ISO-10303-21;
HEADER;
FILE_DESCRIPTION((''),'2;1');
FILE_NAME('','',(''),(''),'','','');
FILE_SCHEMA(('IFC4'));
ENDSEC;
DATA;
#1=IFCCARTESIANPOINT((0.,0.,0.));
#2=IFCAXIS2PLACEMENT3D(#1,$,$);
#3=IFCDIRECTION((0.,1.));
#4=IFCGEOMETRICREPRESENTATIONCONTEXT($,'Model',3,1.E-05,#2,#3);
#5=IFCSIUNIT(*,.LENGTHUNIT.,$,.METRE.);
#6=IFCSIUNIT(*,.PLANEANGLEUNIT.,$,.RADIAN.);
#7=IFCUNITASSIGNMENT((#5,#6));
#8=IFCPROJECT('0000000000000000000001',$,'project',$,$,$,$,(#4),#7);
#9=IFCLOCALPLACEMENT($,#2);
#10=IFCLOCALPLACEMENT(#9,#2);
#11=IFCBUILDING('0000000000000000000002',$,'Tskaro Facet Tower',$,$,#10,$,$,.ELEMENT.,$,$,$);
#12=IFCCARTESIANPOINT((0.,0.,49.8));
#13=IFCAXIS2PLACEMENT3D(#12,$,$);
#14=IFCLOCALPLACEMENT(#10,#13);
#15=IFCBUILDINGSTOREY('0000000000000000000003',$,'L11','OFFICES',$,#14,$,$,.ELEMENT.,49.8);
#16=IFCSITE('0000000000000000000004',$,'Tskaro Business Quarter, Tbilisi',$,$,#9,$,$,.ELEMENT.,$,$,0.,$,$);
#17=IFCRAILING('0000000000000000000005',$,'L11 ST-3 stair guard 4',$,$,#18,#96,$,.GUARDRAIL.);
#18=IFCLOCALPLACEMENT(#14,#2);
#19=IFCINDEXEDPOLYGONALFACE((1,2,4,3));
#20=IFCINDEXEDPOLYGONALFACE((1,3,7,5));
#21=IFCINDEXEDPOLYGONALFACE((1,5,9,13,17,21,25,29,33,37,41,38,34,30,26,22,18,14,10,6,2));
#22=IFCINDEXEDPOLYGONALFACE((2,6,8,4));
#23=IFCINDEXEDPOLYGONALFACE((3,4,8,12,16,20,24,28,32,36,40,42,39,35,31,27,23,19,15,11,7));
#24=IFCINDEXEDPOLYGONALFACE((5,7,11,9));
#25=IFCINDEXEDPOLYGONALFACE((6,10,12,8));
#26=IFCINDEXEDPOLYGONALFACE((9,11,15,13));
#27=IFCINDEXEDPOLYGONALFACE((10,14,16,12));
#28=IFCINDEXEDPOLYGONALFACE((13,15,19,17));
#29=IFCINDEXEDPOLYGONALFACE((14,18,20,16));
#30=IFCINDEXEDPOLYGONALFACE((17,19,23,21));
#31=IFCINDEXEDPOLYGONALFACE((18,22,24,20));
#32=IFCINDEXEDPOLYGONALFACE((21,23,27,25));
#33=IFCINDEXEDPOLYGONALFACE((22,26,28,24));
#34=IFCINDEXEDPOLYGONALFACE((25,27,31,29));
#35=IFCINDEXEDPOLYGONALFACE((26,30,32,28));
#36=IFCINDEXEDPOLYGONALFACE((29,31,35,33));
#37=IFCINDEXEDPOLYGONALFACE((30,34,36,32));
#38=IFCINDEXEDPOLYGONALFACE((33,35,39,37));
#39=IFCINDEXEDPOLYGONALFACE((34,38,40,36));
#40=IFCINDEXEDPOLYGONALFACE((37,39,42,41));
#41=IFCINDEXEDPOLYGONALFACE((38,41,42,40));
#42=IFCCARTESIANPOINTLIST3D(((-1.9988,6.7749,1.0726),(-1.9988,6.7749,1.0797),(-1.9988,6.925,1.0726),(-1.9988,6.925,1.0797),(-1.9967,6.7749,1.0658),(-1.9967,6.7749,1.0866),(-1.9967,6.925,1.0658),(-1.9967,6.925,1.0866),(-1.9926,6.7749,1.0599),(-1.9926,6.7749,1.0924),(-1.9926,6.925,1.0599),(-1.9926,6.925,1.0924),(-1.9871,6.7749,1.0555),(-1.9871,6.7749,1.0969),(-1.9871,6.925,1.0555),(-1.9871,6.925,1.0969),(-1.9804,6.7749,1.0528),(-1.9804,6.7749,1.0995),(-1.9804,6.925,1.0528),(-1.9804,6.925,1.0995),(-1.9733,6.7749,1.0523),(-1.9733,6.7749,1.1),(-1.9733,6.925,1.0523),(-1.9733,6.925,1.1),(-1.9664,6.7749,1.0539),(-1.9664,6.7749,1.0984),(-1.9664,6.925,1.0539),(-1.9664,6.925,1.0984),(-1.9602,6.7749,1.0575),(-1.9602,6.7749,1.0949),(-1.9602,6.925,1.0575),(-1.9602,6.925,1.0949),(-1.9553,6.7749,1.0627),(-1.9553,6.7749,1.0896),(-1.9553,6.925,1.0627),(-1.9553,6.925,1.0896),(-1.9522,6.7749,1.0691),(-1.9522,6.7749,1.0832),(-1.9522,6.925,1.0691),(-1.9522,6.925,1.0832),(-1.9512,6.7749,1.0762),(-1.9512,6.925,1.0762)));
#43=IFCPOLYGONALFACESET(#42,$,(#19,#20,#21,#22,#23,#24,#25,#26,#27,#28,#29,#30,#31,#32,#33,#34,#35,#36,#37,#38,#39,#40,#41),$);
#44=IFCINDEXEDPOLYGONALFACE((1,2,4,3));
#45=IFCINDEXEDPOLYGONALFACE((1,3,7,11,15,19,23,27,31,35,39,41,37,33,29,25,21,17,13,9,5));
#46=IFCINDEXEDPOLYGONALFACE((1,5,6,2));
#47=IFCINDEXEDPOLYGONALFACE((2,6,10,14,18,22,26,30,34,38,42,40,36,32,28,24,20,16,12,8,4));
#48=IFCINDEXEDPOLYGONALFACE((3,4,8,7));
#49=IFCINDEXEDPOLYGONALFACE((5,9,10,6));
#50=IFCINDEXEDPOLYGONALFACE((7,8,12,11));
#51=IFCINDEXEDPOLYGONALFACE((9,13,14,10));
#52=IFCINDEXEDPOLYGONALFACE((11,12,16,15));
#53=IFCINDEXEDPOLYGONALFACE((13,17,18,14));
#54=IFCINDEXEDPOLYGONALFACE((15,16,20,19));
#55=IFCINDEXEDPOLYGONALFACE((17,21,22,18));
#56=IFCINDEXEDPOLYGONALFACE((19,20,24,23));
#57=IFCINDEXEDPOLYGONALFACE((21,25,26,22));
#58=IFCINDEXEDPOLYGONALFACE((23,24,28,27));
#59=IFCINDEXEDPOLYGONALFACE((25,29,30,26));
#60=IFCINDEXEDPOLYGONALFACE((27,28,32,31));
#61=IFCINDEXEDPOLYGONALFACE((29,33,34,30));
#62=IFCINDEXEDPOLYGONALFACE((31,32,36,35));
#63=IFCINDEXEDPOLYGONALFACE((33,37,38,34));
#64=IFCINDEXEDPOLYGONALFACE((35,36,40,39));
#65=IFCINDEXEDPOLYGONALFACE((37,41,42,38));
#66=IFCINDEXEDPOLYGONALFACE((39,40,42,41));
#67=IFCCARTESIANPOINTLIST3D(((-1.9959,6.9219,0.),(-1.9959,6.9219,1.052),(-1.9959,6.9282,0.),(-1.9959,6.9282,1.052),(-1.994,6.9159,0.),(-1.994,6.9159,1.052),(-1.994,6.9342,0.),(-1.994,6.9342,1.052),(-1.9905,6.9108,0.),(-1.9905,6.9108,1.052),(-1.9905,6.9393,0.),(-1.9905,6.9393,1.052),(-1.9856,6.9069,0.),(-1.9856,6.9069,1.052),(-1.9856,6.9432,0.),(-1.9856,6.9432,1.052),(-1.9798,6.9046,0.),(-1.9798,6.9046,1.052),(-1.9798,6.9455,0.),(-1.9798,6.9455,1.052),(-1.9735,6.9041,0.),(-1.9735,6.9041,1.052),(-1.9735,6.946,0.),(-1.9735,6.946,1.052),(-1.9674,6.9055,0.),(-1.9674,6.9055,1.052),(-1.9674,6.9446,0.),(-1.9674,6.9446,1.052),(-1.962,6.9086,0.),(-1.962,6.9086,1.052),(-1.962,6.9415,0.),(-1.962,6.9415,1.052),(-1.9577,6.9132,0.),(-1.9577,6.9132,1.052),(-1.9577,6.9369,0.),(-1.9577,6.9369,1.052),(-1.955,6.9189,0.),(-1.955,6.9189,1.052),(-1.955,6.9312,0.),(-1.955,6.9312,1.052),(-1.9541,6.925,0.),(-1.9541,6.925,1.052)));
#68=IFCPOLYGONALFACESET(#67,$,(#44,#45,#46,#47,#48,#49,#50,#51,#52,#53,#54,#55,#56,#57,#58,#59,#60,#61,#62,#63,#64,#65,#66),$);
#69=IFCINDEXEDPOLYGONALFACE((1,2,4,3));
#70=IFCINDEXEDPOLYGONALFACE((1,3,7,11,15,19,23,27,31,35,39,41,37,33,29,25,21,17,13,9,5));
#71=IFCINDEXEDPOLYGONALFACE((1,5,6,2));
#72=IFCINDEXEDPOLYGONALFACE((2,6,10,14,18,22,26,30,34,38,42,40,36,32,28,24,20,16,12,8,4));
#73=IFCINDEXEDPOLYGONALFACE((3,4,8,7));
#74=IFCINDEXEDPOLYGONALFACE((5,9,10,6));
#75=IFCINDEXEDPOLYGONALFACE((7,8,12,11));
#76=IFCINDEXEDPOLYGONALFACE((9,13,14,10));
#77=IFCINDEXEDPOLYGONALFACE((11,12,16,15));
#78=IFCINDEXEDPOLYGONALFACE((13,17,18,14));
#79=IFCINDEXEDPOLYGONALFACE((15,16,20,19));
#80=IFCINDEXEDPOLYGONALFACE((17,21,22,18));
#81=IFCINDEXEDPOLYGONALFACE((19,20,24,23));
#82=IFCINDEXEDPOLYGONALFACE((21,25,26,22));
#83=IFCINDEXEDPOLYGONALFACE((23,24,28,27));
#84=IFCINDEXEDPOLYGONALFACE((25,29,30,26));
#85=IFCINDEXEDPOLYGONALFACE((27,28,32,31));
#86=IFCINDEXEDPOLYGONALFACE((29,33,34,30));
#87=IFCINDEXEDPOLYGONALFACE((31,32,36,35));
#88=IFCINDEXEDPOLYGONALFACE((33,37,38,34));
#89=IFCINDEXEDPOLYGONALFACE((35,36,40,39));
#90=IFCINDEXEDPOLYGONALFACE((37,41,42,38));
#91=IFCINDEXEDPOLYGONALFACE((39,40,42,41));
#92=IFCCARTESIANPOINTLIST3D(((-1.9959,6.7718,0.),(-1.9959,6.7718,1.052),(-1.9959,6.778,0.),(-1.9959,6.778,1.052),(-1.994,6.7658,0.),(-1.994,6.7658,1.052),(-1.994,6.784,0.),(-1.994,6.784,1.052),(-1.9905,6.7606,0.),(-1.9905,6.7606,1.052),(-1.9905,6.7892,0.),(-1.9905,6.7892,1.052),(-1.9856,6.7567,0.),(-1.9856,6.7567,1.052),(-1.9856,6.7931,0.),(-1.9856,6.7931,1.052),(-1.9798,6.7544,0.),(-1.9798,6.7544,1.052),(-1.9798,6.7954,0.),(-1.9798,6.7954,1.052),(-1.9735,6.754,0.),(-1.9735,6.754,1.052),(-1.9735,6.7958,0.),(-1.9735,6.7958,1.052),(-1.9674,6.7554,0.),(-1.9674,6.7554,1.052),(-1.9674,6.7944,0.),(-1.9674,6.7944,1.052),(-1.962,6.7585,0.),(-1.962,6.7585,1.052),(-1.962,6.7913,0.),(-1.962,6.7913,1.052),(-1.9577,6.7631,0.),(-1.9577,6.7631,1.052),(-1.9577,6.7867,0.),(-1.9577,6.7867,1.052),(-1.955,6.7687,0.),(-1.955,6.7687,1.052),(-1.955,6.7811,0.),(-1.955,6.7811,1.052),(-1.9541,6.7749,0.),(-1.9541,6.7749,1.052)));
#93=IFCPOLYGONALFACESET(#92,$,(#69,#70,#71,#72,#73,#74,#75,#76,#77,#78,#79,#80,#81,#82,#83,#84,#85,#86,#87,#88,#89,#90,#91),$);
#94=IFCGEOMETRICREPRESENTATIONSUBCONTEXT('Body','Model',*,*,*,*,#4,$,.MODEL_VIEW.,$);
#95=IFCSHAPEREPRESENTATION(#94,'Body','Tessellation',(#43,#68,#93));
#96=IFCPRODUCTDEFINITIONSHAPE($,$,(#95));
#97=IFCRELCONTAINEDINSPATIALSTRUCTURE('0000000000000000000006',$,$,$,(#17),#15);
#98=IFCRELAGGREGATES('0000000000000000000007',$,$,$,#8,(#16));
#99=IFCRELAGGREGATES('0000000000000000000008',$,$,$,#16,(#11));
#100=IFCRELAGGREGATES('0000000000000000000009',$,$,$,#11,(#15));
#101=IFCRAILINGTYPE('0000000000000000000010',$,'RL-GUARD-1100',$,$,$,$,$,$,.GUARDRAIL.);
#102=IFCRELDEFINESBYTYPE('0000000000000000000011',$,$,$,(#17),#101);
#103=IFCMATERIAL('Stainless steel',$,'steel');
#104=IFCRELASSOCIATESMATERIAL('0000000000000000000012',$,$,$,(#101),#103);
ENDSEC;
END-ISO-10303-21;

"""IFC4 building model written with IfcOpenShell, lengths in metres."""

from ifc_helpers import new_model, si_unit, direction, frame, origin, origin_2d, place, context, subcontext, project, spatial, circle, extrude, material, type_object, element, save


model = new_model("IFC4")

# Units and contexts
model_context = context("Model", 3, precision=1e-05, world=origin(), true_north=direction((0.0, 1.0)))
body_context = subcontext(model_context, "Body", "Model", "MODEL_VIEW")
ifc_project = project(units=[si_unit("LENGTHUNIT", "METRE"), si_unit("PLANEANGLEUNIT", "RADIAN")], contexts=[model_context])

# Site, building, storey
site_placement = place(None, origin())
site = spatial("IfcSite", under=ifc_project, at=site_placement, Name="Tskaro Business Quarter, Tbilisi", CompositionType="ELEMENT", RefElevation=0.0)
building_placement = place(site_placement, origin())
building = spatial("IfcBuilding", under=site, at=building_placement, Name="Tskaro Facet Tower", CompositionType="ELEMENT")
storey_placement = place(building_placement, frame((0.0, 0.0, 49.8)))
storey = spatial("IfcBuildingStorey", under=building, at=storey_placement, Name="L11", Description="OFFICES", CompositionType="ELEMENT", Elevation=49.8)

# Railing
ifc_material_1 = material(Name="Stainless steel", Category="steel")
railing_type_1 = type_object("IfcRailingType", Name="RL-GUARD-1100", PredefinedType="GUARDRAIL", material=ifc_material_1)
railing_1_placement = place(storey_placement, frame((-1.9751, 6.925, 0.0)))
element("IfcRailing", 1, at=railing_1_placement, inside=storey, type_object=railing_type_1, Name="L11 ST-3 stair guard 4", PredefinedType="GUARDRAIL", context=body_context, shape_type="SweptSolid", body=[
    extrude(circle(Radius=0.0239, at=origin_2d()), frame((0.0, 0.0, 1.0762), z_axis=(0.0, -1.0, 0.0), x_axis=(1.0, 0.0, 0.0)), (0.0, 0.0, 1.0), 0.1501),
    extrude(circle(Radius=0.021, at=origin_2d()), origin(), (0.0, 0.0, 1.0), 1.052),
    extrude(circle(Radius=0.021, at=origin_2d()), frame((0.0, -0.1501, 0.0)), (0.0, 0.0, 1.0), 1.052),
])

save(model, "model.ifc")
